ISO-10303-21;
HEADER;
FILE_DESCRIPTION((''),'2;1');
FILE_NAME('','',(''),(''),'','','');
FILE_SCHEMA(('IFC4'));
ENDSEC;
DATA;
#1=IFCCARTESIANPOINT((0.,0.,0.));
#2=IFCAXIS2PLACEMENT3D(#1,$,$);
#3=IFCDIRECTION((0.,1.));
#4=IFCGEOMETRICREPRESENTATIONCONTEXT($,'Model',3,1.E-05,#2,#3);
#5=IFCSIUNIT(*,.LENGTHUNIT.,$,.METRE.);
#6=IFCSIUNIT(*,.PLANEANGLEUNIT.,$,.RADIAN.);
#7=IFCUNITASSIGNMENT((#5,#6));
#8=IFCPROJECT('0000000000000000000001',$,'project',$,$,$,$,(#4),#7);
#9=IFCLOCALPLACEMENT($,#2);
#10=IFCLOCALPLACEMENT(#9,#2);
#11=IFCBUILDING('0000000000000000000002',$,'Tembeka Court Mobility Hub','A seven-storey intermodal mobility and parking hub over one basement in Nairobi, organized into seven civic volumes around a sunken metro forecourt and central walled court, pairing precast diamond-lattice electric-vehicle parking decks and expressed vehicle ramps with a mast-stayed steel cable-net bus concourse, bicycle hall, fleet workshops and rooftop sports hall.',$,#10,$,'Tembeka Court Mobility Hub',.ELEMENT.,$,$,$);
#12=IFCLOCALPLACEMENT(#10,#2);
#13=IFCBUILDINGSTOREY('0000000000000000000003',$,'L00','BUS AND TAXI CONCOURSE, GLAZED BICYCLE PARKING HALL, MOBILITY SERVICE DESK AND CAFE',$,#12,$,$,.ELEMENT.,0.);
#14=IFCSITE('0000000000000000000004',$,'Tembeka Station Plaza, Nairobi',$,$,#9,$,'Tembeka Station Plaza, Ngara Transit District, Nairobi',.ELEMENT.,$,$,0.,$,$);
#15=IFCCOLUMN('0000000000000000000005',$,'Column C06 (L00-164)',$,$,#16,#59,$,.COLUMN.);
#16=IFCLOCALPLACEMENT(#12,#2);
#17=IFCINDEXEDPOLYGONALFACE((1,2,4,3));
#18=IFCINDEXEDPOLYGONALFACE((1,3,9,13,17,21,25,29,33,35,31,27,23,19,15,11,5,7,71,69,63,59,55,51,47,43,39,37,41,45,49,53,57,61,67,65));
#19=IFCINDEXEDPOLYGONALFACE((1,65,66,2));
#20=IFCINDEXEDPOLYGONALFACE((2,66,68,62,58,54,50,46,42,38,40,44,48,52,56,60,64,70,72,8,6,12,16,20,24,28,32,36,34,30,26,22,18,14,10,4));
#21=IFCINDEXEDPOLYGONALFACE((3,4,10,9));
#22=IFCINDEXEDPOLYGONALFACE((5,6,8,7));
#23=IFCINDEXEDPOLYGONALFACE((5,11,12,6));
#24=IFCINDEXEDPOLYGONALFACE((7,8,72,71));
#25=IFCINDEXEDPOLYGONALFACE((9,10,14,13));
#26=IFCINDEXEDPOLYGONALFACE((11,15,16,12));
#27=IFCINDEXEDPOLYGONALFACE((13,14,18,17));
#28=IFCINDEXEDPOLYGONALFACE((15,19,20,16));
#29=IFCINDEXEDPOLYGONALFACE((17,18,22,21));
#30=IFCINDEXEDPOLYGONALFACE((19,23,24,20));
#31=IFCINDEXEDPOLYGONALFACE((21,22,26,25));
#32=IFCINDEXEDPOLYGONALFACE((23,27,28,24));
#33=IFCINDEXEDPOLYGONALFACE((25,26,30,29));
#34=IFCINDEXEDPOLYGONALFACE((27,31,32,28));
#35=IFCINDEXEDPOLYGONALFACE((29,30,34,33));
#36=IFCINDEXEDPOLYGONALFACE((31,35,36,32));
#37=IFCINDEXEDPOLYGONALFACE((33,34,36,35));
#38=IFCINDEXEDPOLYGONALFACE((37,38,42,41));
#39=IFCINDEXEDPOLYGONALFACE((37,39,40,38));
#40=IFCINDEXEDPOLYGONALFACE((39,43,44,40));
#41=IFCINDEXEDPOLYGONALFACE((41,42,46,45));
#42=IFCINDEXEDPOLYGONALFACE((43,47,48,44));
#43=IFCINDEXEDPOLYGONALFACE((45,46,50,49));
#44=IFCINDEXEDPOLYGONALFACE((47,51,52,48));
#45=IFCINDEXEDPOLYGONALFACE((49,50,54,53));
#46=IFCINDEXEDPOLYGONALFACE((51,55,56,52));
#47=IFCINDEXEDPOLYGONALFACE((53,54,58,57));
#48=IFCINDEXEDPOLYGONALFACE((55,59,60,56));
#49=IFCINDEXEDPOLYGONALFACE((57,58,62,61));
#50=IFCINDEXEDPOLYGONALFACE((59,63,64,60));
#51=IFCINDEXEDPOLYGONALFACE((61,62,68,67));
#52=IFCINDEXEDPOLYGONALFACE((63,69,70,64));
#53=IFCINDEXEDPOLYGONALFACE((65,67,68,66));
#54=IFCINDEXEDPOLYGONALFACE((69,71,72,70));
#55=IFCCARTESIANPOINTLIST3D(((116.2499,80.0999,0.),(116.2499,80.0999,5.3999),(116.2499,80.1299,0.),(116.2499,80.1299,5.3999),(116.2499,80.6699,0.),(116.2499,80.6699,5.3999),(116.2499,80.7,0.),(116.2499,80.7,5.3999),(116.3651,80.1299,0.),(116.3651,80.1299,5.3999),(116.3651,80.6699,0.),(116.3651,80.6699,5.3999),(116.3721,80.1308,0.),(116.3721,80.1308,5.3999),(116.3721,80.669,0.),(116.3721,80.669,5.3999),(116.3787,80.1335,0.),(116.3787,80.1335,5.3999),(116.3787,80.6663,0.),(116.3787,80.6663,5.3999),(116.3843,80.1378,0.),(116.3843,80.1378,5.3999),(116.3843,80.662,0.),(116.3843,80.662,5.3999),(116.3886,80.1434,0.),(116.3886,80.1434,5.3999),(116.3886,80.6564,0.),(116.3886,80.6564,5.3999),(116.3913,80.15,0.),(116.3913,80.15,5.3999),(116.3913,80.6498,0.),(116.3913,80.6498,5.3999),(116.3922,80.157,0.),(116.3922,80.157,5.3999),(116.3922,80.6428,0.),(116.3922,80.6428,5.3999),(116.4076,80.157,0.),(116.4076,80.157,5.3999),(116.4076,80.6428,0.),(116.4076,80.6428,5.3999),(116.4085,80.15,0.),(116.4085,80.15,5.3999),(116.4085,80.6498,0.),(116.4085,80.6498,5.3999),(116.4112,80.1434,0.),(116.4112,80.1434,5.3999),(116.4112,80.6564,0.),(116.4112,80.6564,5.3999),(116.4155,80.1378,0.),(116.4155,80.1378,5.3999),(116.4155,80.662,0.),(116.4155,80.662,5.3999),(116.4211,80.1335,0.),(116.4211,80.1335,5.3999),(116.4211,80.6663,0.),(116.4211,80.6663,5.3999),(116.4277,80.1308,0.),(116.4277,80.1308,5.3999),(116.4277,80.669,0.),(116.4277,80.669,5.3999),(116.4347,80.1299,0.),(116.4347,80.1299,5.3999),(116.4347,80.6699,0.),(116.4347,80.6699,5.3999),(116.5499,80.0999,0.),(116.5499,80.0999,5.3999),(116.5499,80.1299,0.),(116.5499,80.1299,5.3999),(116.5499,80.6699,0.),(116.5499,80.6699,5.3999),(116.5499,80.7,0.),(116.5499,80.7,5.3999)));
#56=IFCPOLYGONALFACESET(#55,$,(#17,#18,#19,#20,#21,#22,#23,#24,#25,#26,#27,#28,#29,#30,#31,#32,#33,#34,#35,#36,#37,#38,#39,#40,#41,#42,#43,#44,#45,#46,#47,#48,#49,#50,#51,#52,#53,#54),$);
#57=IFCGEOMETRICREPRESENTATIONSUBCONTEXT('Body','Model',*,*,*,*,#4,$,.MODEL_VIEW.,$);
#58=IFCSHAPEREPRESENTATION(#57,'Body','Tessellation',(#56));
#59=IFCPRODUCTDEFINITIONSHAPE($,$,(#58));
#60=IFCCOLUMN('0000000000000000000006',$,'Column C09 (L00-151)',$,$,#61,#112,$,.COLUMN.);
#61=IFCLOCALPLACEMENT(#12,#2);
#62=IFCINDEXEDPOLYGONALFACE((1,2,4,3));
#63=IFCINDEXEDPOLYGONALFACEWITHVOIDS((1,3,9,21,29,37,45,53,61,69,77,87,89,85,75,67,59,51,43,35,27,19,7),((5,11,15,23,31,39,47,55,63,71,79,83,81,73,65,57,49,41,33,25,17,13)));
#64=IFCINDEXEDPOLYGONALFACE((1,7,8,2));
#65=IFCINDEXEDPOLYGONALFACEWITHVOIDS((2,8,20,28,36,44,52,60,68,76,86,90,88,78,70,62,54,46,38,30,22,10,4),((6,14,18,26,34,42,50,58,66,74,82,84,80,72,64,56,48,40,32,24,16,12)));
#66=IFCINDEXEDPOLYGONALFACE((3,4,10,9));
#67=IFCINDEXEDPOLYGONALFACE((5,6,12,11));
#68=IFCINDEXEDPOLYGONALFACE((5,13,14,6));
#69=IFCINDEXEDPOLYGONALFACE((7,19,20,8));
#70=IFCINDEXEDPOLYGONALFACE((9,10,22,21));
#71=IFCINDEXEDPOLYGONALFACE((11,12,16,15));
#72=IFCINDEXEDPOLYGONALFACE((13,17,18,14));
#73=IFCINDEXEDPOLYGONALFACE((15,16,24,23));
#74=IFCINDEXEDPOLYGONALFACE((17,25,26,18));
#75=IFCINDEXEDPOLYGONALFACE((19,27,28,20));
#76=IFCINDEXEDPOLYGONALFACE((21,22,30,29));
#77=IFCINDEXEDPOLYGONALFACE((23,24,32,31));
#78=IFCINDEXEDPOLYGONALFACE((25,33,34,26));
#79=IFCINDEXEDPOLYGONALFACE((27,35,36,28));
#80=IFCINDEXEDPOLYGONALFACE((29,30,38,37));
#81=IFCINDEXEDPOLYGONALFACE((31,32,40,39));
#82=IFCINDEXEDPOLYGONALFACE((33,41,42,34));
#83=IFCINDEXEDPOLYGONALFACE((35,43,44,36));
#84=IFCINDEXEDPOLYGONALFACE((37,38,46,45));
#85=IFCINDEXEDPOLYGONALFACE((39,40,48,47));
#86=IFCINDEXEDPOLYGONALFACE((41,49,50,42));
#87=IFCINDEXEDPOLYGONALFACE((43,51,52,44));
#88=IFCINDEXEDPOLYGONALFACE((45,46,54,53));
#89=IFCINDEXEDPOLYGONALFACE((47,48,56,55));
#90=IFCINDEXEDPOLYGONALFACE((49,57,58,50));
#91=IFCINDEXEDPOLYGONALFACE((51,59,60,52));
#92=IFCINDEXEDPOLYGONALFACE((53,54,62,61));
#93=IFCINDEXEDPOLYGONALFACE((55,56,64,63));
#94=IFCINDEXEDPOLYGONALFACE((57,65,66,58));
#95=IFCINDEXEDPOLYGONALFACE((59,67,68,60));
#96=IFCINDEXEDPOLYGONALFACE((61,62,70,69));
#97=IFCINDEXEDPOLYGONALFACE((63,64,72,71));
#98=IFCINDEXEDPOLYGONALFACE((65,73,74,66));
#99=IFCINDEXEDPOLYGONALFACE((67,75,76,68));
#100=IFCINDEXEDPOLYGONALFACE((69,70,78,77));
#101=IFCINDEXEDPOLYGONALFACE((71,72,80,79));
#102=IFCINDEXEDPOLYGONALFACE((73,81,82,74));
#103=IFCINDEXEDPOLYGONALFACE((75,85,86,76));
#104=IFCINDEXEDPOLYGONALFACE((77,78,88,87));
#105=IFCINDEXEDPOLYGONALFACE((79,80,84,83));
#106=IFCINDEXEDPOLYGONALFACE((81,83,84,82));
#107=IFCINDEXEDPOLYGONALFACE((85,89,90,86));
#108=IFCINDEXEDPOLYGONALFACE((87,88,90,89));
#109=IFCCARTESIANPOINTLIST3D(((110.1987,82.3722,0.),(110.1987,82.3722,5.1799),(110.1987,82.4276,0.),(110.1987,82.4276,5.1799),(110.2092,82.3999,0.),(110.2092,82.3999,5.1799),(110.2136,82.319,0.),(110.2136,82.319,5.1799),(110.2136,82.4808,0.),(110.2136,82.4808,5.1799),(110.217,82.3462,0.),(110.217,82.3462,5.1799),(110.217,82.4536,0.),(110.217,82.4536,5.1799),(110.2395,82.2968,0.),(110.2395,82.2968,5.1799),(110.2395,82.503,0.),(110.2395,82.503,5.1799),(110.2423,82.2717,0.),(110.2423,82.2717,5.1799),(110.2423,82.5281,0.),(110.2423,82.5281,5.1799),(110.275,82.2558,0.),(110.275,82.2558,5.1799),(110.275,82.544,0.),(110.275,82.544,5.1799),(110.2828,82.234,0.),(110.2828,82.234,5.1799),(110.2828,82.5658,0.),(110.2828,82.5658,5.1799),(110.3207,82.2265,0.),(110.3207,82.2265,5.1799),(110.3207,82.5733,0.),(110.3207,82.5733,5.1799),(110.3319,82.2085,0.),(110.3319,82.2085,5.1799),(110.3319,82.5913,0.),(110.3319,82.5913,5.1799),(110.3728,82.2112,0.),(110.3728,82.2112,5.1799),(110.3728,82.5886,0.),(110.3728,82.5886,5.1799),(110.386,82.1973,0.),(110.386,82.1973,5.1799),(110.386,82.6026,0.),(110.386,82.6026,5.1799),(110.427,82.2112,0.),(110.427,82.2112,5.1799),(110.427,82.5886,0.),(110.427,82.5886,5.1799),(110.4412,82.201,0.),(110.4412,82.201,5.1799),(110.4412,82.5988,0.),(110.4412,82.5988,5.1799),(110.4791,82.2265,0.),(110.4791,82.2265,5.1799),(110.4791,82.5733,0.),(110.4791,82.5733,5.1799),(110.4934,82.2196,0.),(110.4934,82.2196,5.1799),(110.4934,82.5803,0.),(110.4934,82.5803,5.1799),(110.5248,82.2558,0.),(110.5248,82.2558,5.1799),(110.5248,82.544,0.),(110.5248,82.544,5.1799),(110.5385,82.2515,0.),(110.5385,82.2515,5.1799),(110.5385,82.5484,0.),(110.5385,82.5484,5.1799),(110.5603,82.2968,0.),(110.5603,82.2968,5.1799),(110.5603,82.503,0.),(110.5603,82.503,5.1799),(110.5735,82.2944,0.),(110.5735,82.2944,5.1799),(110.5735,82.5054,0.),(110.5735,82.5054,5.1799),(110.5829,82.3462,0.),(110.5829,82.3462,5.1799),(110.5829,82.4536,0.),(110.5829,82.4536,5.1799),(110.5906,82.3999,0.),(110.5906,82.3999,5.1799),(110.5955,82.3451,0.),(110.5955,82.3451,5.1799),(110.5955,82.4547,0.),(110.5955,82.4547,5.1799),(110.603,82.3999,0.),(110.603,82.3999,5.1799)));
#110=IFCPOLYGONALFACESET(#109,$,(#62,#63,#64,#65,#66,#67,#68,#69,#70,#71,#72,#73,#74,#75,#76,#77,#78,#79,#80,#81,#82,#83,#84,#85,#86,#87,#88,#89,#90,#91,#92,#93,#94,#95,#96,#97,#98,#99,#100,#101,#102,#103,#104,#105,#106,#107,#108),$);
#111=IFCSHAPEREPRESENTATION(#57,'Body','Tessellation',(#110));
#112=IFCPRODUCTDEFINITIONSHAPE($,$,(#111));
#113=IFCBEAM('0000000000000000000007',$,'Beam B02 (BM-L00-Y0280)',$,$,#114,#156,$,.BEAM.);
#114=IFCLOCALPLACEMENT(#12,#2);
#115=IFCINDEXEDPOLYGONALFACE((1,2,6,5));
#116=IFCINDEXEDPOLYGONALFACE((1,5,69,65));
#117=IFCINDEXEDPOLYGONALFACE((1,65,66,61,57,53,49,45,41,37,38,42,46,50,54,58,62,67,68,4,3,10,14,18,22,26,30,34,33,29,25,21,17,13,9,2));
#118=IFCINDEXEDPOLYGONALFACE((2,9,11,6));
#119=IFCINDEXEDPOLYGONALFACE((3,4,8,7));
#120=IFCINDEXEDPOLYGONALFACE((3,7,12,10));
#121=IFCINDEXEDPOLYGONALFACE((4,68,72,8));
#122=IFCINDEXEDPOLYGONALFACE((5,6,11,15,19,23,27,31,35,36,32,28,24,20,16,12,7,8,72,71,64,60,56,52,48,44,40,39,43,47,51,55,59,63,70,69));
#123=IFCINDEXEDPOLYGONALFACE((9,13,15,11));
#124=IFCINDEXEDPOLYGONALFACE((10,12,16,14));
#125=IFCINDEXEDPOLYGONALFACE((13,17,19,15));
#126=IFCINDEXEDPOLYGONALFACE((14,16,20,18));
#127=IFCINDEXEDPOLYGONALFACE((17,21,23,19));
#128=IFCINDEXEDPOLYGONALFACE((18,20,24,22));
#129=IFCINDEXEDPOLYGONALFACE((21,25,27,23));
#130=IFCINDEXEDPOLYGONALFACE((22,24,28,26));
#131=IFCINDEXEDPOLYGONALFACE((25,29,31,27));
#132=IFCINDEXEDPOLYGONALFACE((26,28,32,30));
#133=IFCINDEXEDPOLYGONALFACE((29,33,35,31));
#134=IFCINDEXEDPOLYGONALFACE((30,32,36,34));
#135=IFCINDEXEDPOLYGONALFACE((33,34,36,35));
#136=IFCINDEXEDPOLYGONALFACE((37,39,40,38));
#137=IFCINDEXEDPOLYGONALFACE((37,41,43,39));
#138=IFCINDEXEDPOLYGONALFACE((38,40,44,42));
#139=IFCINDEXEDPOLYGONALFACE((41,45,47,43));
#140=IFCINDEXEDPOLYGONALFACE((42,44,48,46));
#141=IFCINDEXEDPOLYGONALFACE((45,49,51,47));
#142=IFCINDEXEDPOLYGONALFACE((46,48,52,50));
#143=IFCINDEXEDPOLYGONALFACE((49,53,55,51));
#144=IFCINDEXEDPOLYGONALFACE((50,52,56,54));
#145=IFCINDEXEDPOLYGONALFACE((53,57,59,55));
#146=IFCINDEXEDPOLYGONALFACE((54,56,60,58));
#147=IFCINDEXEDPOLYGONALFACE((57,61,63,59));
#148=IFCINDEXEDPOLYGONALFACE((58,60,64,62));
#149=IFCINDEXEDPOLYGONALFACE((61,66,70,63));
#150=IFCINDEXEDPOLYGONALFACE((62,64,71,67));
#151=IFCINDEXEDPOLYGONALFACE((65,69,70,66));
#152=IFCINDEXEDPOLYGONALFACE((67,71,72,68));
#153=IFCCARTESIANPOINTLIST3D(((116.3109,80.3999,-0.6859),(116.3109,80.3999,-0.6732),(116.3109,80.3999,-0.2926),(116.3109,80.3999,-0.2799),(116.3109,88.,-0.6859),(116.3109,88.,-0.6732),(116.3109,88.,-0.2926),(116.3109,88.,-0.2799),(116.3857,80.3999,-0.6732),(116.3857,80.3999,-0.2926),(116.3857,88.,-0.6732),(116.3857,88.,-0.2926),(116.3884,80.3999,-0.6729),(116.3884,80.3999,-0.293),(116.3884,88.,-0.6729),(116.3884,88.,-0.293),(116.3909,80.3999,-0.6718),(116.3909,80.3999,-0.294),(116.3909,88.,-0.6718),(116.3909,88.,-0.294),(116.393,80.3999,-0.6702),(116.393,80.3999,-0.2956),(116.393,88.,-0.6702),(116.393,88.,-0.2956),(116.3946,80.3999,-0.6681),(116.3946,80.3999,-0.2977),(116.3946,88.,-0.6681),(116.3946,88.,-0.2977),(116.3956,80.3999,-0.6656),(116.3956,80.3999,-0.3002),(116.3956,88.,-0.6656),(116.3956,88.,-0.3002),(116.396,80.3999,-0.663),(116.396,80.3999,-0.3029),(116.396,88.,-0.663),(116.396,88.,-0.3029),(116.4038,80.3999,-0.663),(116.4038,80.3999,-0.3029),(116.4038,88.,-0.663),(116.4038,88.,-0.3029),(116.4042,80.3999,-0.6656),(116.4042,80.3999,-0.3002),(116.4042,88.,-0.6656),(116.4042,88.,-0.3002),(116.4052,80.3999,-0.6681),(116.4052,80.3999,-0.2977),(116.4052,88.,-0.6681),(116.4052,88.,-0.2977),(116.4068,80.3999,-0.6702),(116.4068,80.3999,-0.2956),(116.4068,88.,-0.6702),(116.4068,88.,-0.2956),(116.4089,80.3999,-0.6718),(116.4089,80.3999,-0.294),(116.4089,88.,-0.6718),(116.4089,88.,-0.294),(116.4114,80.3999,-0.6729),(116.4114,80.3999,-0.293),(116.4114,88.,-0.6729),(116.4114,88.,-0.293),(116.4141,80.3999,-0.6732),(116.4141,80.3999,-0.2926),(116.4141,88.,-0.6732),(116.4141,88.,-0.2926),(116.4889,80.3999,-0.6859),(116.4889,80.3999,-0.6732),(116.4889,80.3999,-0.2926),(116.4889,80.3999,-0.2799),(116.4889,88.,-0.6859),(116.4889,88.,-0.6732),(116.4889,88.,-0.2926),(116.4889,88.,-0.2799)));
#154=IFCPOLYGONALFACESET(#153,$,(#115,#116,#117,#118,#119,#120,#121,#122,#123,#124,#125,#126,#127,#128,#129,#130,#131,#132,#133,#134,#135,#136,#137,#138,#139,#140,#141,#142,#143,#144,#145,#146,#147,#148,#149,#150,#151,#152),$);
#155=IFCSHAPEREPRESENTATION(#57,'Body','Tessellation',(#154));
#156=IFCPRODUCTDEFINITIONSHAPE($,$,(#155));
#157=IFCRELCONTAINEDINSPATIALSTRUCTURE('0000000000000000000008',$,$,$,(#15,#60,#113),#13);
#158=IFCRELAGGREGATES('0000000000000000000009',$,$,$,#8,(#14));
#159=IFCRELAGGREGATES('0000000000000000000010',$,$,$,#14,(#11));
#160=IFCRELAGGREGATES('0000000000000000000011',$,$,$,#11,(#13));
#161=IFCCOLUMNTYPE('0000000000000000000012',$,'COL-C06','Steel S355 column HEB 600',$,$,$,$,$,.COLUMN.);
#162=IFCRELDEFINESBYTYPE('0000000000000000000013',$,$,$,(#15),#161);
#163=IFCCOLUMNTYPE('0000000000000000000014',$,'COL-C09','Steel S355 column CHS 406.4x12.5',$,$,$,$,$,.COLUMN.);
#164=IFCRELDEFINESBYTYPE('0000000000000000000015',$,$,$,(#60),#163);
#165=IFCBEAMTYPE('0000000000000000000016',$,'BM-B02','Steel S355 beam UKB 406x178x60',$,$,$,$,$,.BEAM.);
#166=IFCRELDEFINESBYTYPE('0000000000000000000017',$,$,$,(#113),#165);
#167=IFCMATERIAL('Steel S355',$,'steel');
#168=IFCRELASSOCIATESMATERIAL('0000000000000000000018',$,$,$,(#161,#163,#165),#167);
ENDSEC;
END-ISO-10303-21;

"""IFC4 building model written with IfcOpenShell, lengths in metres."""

from ifc_helpers import new_model, si_unit, direction, frame, origin, origin_2d, place, context, subcontext, project, spatial, hollow_circle, i_section, extrude, material, material_profile, profile_set, type_object, element, save


model = new_model("IFC4")

# Units and contexts
model_context = context("Model", 3, precision=1e-05, world=origin(), true_north=direction((0.0, 1.0)))
body_context = subcontext(model_context, "Body", "Model", "MODEL_VIEW")
ifc_project = project(units=[si_unit("LENGTHUNIT", "METRE"), si_unit("PLANEANGLEUNIT", "RADIAN")], contexts=[model_context])

# Site, building, storey
site_placement = place(None, origin())
site = spatial("IfcSite", under=ifc_project, at=site_placement, Name="Tembeka Station Plaza, Nairobi", LongName="Tembeka Station Plaza, Ngara Transit District, Nairobi", CompositionType="ELEMENT", RefElevation=0.0)
building_placement = place(site_placement, origin())
building = spatial("IfcBuilding", under=site, at=building_placement, Name="Tembeka Court Mobility Hub", Description="A seven-storey intermodal mobility and parking hub over one basement in Nairobi, organized into seven civic volumes around a sunken metro forecourt and central walled court, pairing precast diamond-lattice electric-vehicle parking decks and expressed vehicle ramps with a mast-stayed steel cable-net bus concourse, bicycle hall, fleet workshops and rooftop sports hall.", LongName="Tembeka Court Mobility Hub", CompositionType="ELEMENT")
storey_placement = place(building_placement, origin())
storey = spatial("IfcBuildingStorey", under=building, at=storey_placement, Name="L00", Description="BUS AND TAXI CONCOURSE, GLAZED BICYCLE PARKING HALL, MOBILITY SERVICE DESK AND CAFE", CompositionType="ELEMENT", Elevation=0.0)

# Columns
ifc_material_1 = material(Name="Steel S355", Category="steel")
ifc_material_profile_1 = material_profile(ifc_material_1, i_section(OverallWidth=0.3, OverallDepth=0.6001, WebThickness=0.0154, FlangeThickness=0.03, FilletRadius=0.0271, at=origin_2d()), Name="HEB 600")
ifc_profile_set_1 = profile_set([ifc_material_profile_1], Name="Steel S355")
column_type_1 = type_object("IfcColumnType", Name="COL-C06", Description="Steel S355 column HEB 600", PredefinedType="COLUMN", material=ifc_profile_set_1)
column_1_placement = place(storey_placement, frame((116.3999, 80.3999, 0.0), z_axis=(0.0, 0.0, 1.0), x_axis=(1.0, 0.0, 0.0)))
element("IfcColumn", 1, at=column_1_placement, inside=storey, type_object=column_type_1, Name="Column C06 (L00-164)", PredefinedType="COLUMN", context=body_context, shape_type="SweptSolid", body=[
    extrude(i_section(OverallWidth=0.3, OverallDepth=0.6001, WebThickness=0.0154, FlangeThickness=0.03, FilletRadius=0.0271, at=origin_2d()), origin(), (0.0, 0.0, 1.0), 5.3999),
])
ifc_material_profile_2 = material_profile(ifc_material_1, hollow_circle(Radius=0.2031, WallThickness=0.0125, at=origin_2d()), Name="CHS 406.4x12.5")
ifc_profile_set_2 = profile_set([ifc_material_profile_2], Name="Steel S355")
column_type_2 = type_object("IfcColumnType", Name="COL-C09", Description="Steel S355 column CHS 406.4x12.5", PredefinedType="COLUMN", material=ifc_profile_set_2)
column_2_placement = place(storey_placement, frame((110.3999, 82.3999, 0.0), z_axis=(0.0, 0.0, 1.0), x_axis=(1.0, 0.0, 0.0)))
element("IfcColumn", 2, at=column_2_placement, inside=storey, type_object=column_type_2, Name="Column C09 (L00-151)", PredefinedType="COLUMN", context=body_context, shape_type="SweptSolid", body=[
    extrude(hollow_circle(Radius=0.2031, WallThickness=0.0125, at=origin_2d()), origin(), (0.0, 0.0, 1.0), 5.1799),
])

# Beam
ifc_material_profile_3 = material_profile(ifc_material_1, i_section(OverallWidth=0.178, OverallDepth=0.406, WebThickness=0.0078, FlangeThickness=0.0127, FilletRadius=0.0103, at=origin_2d()), Name="UKB 406x178x60")
ifc_profile_set_3 = profile_set([ifc_material_profile_3], Name="Steel S355")
beam_type_1 = type_object("IfcBeamType", Name="BM-B02", Description="Steel S355 beam UKB 406x178x60", PredefinedType="BEAM", material=ifc_profile_set_3)
beam_1_placement = place(storey_placement, frame((116.3999, 80.3999, -0.4829), z_axis=(0.0, 1.0, 0.0), x_axis=(-1.0, 0.0, 0.0)))
element("IfcBeam", 3, at=beam_1_placement, inside=storey, type_object=beam_type_1, Name="Beam B02 (BM-L00-Y0280)", PredefinedType="BEAM", context=body_context, shape_type="SweptSolid", body=[
    extrude(i_section(OverallWidth=0.178, OverallDepth=0.406, WebThickness=0.0078, FlangeThickness=0.0127, FilletRadius=0.0103, at=origin_2d()), origin(), (0.0, 0.0, 1.0), 7.6001),
])

save(model, "model.ifc")
